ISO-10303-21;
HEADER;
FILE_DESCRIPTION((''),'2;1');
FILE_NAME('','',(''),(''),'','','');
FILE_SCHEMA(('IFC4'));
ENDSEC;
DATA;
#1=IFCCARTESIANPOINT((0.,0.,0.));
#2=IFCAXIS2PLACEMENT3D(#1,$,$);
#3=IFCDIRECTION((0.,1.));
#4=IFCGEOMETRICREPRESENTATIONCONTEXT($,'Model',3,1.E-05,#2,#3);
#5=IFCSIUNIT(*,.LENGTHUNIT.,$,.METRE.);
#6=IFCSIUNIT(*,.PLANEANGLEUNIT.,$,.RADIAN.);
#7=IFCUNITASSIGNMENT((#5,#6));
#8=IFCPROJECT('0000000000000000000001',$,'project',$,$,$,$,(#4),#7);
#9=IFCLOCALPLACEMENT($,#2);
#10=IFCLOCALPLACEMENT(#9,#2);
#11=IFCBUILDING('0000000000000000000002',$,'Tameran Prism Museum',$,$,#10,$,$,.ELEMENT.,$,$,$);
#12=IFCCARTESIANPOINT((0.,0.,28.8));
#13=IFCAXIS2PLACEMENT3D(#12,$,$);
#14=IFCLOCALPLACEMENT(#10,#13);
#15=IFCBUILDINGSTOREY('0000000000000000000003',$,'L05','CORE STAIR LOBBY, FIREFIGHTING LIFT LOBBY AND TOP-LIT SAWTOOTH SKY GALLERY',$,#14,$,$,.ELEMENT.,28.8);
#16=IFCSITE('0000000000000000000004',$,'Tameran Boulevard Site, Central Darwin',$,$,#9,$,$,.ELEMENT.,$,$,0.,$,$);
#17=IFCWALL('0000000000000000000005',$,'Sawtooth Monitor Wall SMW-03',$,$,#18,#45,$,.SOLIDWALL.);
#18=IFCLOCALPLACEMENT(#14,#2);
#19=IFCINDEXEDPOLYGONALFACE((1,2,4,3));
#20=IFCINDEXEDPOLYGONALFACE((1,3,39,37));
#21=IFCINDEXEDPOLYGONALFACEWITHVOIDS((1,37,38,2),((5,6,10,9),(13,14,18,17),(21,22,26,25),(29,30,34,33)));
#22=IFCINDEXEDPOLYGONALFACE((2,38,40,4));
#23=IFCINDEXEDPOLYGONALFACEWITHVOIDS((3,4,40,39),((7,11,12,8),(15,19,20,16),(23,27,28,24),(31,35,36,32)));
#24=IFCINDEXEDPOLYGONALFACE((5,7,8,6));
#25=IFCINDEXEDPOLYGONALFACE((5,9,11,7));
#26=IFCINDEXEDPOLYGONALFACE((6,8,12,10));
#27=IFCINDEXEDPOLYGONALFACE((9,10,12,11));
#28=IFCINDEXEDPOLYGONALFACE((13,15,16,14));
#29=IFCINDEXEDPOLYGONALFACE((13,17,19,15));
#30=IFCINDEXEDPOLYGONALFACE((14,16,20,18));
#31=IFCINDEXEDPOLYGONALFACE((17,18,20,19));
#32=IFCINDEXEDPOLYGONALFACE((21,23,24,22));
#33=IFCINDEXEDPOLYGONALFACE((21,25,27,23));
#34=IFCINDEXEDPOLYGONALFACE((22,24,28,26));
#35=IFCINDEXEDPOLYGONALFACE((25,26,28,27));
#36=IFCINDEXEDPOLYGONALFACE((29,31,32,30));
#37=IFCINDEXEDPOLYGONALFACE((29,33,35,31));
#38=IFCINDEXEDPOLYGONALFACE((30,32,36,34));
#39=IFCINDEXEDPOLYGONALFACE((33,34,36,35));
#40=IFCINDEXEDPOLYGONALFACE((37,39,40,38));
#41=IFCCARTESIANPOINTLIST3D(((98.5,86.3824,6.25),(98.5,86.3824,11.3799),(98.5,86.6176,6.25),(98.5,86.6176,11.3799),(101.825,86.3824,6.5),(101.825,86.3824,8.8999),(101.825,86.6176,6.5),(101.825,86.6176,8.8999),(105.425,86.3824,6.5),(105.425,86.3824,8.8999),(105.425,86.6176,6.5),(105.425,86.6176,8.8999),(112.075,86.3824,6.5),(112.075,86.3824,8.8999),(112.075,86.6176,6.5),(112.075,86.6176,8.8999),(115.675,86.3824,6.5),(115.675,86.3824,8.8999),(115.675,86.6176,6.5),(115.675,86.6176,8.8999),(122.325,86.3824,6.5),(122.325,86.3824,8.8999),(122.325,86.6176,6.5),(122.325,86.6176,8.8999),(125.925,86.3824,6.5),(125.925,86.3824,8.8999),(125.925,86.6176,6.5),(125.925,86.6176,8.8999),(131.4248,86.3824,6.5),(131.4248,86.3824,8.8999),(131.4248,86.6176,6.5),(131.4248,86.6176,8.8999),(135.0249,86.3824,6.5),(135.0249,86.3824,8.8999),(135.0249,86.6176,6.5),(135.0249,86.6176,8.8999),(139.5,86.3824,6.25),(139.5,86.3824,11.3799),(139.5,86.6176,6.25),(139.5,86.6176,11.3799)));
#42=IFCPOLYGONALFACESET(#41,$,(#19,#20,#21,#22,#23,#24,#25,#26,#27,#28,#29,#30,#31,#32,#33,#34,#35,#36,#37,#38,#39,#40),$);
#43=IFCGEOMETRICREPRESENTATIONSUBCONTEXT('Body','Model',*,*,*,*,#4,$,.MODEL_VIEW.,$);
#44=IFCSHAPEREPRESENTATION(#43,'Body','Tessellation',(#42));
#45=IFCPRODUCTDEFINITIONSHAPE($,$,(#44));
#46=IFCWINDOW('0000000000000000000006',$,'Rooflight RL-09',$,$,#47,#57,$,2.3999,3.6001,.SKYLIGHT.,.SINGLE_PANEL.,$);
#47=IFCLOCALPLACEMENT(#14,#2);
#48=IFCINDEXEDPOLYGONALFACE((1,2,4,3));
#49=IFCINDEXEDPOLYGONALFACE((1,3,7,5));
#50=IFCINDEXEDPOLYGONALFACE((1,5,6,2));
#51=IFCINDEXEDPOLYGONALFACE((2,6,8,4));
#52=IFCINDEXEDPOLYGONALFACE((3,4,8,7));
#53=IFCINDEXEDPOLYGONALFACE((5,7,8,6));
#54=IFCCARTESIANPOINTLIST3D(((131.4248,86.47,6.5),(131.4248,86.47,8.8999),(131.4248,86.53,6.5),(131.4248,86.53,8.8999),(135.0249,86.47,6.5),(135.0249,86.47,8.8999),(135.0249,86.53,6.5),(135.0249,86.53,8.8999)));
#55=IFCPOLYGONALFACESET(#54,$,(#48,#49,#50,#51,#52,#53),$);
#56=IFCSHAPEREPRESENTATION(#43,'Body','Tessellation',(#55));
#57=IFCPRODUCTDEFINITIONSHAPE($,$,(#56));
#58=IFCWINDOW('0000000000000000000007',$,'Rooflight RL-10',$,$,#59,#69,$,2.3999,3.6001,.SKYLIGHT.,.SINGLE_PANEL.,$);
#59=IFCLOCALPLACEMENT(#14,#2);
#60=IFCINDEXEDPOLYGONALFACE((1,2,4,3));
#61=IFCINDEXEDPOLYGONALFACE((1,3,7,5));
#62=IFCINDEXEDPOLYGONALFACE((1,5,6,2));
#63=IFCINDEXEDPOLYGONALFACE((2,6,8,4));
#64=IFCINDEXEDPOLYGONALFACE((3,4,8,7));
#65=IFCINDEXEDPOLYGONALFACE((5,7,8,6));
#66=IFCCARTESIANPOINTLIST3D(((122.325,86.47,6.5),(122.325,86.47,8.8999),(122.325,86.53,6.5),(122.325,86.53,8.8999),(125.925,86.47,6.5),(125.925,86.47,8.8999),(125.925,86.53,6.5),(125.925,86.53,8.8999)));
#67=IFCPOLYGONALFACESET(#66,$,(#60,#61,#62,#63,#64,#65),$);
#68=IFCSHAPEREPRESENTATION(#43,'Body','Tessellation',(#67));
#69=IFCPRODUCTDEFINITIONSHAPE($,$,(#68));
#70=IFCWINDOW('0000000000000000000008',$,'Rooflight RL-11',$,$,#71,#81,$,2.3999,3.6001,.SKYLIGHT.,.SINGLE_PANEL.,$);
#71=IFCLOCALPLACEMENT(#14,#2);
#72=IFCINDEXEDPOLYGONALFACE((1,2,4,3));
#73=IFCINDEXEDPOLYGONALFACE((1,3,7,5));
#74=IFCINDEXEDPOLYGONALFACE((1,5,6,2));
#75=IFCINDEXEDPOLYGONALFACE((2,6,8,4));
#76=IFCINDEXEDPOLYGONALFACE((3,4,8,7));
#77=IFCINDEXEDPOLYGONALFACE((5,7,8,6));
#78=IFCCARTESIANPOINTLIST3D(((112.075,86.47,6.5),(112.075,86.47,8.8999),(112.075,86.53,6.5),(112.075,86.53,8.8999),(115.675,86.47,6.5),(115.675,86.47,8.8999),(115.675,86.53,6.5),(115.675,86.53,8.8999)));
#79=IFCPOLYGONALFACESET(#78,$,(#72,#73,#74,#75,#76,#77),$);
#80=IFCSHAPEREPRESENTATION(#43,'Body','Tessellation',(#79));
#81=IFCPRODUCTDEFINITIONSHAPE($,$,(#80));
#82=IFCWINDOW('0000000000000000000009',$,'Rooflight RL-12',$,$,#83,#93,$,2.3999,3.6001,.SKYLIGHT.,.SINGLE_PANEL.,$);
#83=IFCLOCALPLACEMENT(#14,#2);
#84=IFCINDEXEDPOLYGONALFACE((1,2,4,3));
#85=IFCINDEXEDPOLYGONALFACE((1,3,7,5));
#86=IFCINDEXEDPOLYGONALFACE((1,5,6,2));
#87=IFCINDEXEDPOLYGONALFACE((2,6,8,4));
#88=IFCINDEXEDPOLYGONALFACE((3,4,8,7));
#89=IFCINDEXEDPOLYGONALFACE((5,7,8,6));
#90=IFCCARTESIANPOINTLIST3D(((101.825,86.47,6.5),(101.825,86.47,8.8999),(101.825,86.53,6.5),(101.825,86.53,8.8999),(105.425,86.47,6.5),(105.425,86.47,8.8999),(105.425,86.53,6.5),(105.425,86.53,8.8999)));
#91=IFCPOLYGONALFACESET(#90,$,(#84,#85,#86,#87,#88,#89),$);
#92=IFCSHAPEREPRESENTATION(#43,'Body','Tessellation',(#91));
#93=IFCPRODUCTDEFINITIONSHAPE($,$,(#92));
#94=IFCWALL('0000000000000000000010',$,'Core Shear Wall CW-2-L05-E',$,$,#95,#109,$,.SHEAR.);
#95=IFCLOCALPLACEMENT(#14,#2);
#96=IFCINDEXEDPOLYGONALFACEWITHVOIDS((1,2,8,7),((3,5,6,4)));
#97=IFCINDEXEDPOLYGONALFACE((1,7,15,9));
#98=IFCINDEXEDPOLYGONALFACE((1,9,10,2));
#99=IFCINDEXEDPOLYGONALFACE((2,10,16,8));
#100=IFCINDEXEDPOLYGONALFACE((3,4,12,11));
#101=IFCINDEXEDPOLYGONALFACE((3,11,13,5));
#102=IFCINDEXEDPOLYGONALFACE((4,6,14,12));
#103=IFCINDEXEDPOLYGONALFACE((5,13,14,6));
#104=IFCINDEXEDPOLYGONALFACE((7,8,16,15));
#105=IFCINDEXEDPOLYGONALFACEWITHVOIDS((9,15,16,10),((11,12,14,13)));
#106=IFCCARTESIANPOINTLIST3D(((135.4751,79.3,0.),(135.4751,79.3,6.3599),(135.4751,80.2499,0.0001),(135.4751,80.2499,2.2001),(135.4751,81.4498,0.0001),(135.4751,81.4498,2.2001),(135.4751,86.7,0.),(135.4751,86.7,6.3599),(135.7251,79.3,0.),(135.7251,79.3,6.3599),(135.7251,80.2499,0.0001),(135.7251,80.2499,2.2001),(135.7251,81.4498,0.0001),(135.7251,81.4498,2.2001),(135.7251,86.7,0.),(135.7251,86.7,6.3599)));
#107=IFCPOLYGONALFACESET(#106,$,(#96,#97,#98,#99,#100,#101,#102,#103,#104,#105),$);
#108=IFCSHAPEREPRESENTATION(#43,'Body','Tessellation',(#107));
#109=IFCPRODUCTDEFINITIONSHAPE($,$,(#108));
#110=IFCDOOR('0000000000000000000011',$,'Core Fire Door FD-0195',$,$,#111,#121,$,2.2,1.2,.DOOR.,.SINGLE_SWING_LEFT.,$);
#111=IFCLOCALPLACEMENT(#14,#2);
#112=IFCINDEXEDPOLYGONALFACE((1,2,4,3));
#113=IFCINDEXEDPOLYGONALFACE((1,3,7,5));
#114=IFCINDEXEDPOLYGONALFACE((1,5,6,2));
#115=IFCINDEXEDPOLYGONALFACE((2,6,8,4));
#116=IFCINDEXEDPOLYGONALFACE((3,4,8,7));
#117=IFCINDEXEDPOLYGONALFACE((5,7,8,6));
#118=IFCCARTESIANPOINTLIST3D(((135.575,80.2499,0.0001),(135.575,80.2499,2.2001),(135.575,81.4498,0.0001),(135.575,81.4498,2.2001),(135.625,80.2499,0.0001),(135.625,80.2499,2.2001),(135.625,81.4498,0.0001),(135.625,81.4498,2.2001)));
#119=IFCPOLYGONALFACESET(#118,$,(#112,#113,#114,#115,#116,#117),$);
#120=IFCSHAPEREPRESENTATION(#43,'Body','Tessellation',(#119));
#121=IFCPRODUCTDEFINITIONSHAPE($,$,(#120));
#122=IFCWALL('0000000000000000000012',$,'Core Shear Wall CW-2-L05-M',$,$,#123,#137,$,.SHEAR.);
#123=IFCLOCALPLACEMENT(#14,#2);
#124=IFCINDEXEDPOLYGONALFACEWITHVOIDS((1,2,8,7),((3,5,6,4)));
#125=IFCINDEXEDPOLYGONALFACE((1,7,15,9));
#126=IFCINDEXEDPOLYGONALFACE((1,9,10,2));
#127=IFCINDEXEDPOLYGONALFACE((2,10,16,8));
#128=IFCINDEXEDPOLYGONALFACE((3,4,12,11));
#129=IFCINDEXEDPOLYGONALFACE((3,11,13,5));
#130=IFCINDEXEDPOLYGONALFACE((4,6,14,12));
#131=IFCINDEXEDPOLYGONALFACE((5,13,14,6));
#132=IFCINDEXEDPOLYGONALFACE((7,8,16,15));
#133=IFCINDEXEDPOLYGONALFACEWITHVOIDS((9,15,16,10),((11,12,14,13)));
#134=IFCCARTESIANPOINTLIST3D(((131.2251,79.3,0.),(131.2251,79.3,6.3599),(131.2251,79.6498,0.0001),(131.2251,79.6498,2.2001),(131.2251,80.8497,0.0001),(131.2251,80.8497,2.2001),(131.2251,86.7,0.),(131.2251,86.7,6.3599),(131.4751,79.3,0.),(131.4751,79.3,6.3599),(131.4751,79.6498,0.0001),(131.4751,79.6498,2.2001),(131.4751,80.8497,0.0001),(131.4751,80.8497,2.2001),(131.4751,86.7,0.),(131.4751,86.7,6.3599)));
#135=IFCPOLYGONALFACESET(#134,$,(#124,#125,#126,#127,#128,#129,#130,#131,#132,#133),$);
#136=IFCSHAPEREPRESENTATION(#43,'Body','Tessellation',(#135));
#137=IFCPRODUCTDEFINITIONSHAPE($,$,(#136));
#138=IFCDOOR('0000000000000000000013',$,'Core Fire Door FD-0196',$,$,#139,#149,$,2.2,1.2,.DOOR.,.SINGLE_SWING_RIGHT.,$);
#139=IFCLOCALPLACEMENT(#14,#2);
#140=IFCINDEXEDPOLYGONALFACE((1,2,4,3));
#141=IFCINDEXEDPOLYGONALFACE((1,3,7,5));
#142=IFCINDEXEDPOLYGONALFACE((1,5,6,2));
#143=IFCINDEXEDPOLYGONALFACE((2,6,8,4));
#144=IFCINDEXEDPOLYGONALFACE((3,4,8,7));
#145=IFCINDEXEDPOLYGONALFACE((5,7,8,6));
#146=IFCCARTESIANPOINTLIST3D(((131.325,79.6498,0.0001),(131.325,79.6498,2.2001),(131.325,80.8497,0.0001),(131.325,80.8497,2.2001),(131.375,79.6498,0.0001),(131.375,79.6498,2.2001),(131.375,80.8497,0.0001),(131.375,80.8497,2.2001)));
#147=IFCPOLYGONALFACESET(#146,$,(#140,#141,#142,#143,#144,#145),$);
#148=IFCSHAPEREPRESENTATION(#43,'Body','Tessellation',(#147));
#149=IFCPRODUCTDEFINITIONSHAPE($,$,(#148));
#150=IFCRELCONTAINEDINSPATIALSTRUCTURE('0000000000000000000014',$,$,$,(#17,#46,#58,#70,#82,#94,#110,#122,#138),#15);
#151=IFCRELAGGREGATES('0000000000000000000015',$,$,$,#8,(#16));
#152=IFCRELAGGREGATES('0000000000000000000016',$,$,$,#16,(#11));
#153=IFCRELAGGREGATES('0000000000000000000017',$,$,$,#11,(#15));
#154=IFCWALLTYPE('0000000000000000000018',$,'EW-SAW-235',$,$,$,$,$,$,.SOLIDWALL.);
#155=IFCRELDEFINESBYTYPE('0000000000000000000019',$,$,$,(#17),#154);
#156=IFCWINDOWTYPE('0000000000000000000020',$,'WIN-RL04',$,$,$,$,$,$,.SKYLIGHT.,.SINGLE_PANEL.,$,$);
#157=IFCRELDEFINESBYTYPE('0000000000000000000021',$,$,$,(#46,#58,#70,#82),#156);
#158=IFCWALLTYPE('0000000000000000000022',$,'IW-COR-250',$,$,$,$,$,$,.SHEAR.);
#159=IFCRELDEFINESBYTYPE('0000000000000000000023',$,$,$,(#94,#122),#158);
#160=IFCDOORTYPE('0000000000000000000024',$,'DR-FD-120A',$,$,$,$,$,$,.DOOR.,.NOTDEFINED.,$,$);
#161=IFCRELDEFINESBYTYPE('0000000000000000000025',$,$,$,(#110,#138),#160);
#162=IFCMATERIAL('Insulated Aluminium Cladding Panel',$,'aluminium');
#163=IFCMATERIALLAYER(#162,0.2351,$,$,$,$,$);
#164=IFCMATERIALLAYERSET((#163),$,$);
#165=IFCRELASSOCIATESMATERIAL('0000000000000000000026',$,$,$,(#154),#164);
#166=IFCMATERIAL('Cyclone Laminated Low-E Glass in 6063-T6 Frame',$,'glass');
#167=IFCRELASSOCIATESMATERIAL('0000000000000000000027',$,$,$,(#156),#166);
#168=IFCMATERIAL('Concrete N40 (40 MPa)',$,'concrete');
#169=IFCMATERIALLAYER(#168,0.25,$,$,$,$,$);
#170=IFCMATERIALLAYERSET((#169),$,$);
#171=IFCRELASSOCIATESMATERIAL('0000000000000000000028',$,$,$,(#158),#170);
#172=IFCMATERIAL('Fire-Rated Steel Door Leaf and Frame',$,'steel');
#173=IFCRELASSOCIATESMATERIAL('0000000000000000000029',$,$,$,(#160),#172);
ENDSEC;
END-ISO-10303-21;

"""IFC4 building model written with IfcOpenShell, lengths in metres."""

from ifc_helpers import new_model, si_unit, direction, frame, frame_2d, origin, place, context, subcontext, project, spatial, rectangle, extrude, material, layer, layer_set, type_object, element, fill, save


model = new_model("IFC4")

# Units and contexts
model_context = context("Model", 3, precision=1e-05, world=origin(), true_north=direction((0.0, 1.0)))
body_context = subcontext(model_context, "Body", "Model", "MODEL_VIEW")
ifc_project = project(units=[si_unit("LENGTHUNIT", "METRE"), si_unit("PLANEANGLEUNIT", "RADIAN")], contexts=[model_context])

# Site, building, storey
site_placement = place(None, origin())
site = spatial("IfcSite", under=ifc_project, at=site_placement, Name="Tameran Boulevard Site, Central Darwin", CompositionType="ELEMENT", RefElevation=0.0)
building_placement = place(site_placement, origin())
building = spatial("IfcBuilding", under=site, at=building_placement, Name="Tameran Prism Museum", CompositionType="ELEMENT")
storey_placement = place(building_placement, frame((0.0, 0.0, 28.8)))
storey = spatial("IfcBuildingStorey", under=building, at=storey_placement, Name="L05", Description="CORE STAIR LOBBY, FIREFIGHTING LIFT LOBBY AND TOP-LIT SAWTOOTH SKY GALLERY", CompositionType="ELEMENT", Elevation=28.8)

# Wall, openings, windows
ifc_material_1 = material(Name="Insulated Aluminium Cladding Panel", Category="aluminium")
ifc_layer_1 = layer(ifc_material_1, 0.2351)
ifc_layer_set_1 = layer_set([ifc_layer_1])
wall_type_1 = type_object("IfcWallType", Name="EW-SAW-235", PredefinedType="SOLIDWALL", material=ifc_layer_set_1)
wall_1_placement = place(storey_placement, frame((139.5, 86.5, 6.25), z_axis=(0.0, 0.0, 1.0), x_axis=(-1.0, 0.0, 0.0)))
wall_1 = element("IfcWall", 1, at=wall_1_placement, inside=storey, type_object=wall_type_1, Name="Sawtooth Monitor Wall SMW-03", PredefinedType="SOLIDWALL", context=body_context, shape_type="SweptSolid", body=[
    extrude(rectangle(XDim=41.0, YDim=0.2351, at=frame_2d((20.5, 0.0))), origin(), (0.0, 0.0, 1.0), 5.1299),
])
opening_1_placement = place(wall_1_placement, frame((4.4751, 0.0, 0.25)))
opening_1 = element("IfcOpeningElement", 2, at=opening_1_placement, cuts=wall_1, PredefinedType="OPENING", context=body_context, shape_type="SweptSolid", body=[
    extrude(rectangle(XDim=3.6001, YDim=2.3999, at=frame_2d((1.8, 1.2))), frame((0.0, 0.1274, 0.0), z_axis=(0.0, -1.0, 0.0), x_axis=(1.0, 0.0, 0.0)), (0.0, 0.0, 1.0), 0.2551),
])
opening_2_placement = place(wall_1_placement, frame((13.575, 0.0, 0.25)))
opening_2 = element("IfcOpeningElement", 3, at=opening_2_placement, cuts=wall_1, PredefinedType="OPENING", context=body_context, shape_type="SweptSolid", body=[
    extrude(rectangle(XDim=3.6001, YDim=2.3999, at=frame_2d((1.8, 1.2))), frame((0.0, 0.1274, 0.0), z_axis=(0.0, -1.0, 0.0), x_axis=(1.0, 0.0, 0.0)), (0.0, 0.0, 1.0), 0.2551),
])
opening_3_placement = place(wall_1_placement, frame((23.825, 0.0, 0.25)))
opening_3 = element("IfcOpeningElement", 4, at=opening_3_placement, cuts=wall_1, PredefinedType="OPENING", context=body_context, shape_type="SweptSolid", body=[
    extrude(rectangle(XDim=3.6001, YDim=2.3999, at=frame_2d((1.8, 1.2))), frame((0.0, 0.1274, 0.0), z_axis=(0.0, -1.0, 0.0), x_axis=(1.0, 0.0, 0.0)), (0.0, 0.0, 1.0), 0.2551),
])
opening_4_placement = place(wall_1_placement, frame((34.075, 0.0, 0.25)))
opening_4 = element("IfcOpeningElement", 5, at=opening_4_placement, cuts=wall_1, PredefinedType="OPENING", context=body_context, shape_type="SweptSolid", body=[
    extrude(rectangle(XDim=3.6001, YDim=2.3999, at=frame_2d((1.8, 1.2))), frame((0.0, 0.1274, 0.0), z_axis=(0.0, -1.0, 0.0), x_axis=(1.0, 0.0, 0.0)), (0.0, 0.0, 1.0), 0.2551),
])
ifc_material_2 = material(Name="Cyclone Laminated Low-E Glass in 6063-T6 Frame", Category="glass")
window_type = type_object("IfcWindowType", Name="WIN-RL04", PartitioningType="SINGLE_PANEL", PredefinedType="SKYLIGHT", material=ifc_material_2)
window_1_placement = place(opening_1_placement, origin())
window_1 = element("IfcWindow", 6, at=window_1_placement, inside=storey, type_object=window_type, Name="Rooflight RL-09", OverallHeight=2.3999, OverallWidth=3.6001, PartitioningType="SINGLE_PANEL", PredefinedType="SKYLIGHT", context=body_context, shape_type="SweptSolid", body=[
    extrude(rectangle(XDim=3.6001, YDim=2.3999, at=frame_2d((1.8, 1.2))), frame((0.0, 0.03, 0.0), z_axis=(0.0, -1.0, 0.0), x_axis=(1.0, 0.0, 0.0)), (0.0, 0.0, 1.0), 0.0601),
])
fill(opening_1, window_1)
window_2_placement = place(opening_2_placement, origin())
window_2 = element("IfcWindow", 7, at=window_2_placement, inside=storey, type_object=window_type, Name="Rooflight RL-10", OverallHeight=2.3999, OverallWidth=3.6001, PartitioningType="SINGLE_PANEL", PredefinedType="SKYLIGHT", context=body_context, shape_type="SweptSolid", body=[
    extrude(rectangle(XDim=3.6001, YDim=2.3999, at=frame_2d((1.8, 1.2))), frame((0.0, 0.03, 0.0), z_axis=(0.0, -1.0, 0.0), x_axis=(1.0, 0.0, 0.0)), (0.0, 0.0, 1.0), 0.0601),
])
fill(opening_2, window_2)
window_3_placement = place(opening_3_placement, origin())
window_3 = element("IfcWindow", 8, at=window_3_placement, inside=storey, type_object=window_type, Name="Rooflight RL-11", OverallHeight=2.3999, OverallWidth=3.6001, PartitioningType="SINGLE_PANEL", PredefinedType="SKYLIGHT", context=body_context, shape_type="SweptSolid", body=[
    extrude(rectangle(XDim=3.6001, YDim=2.3999, at=frame_2d((1.8, 1.2))), frame((0.0, 0.03, 0.0), z_axis=(0.0, -1.0, 0.0), x_axis=(1.0, 0.0, 0.0)), (0.0, 0.0, 1.0), 0.0601),
])
fill(opening_3, window_3)
window_4_placement = place(opening_4_placement, origin())
window_4 = element("IfcWindow", 9, at=window_4_placement, inside=storey, type_object=window_type, Name="Rooflight RL-12", OverallHeight=2.3999, OverallWidth=3.6001, PartitioningType="SINGLE_PANEL", PredefinedType="SKYLIGHT", context=body_context, shape_type="SweptSolid", body=[
    extrude(rectangle(XDim=3.6001, YDim=2.3999, at=frame_2d((1.8, 1.2))), frame((0.0, 0.03, 0.0), z_axis=(0.0, -1.0, 0.0), x_axis=(1.0, 0.0, 0.0)), (0.0, 0.0, 1.0), 0.0601),
])
fill(opening_4, window_4)

# Walls, openings, doors
ifc_material_3 = material(Name="Concrete N40 (40 MPa)", Category="concrete")
ifc_layer_2 = layer(ifc_material_3, 0.25)
ifc_layer_set_2 = layer_set([ifc_layer_2])
wall_type_2 = type_object("IfcWallType", Name="IW-COR-250", PredefinedType="SHEAR", material=ifc_layer_set_2)
wall_2_placement = place(storey_placement, frame((135.6001, 86.7, 0.0), z_axis=(0.0, 0.0, 1.0), x_axis=(0.0, -1.0, 0.0)))
wall_2 = element("IfcWall", 10, at=wall_2_placement, inside=storey, type_object=wall_type_2, Name="Core Shear Wall CW-2-L05-E", PredefinedType="SHEAR", context=body_context, shape_type="SweptSolid", body=[
    extrude(rectangle(XDim=7.3999, YDim=0.25, at=frame_2d((3.7, 0.0))), origin(), (0.0, 0.0, 1.0), 6.3599),
])
opening_5_placement = place(wall_2_placement, frame((5.25, 0.0, 0.0)))
opening_5 = element("IfcOpeningElement", 11, at=opening_5_placement, cuts=wall_2, PredefinedType="OPENING", context=body_context, shape_type="SweptSolid", body=[
    extrude(rectangle(XDim=1.2, YDim=2.2, at=frame_2d((0.6001, 1.1001))), frame((0.0, 0.135, 0.0), z_axis=(0.0, -1.0, 0.0), x_axis=(1.0, 0.0, 0.0)), (0.0, 0.0, 1.0), 0.27),
])
ifc_material_4 = material(Name="Fire-Rated Steel Door Leaf and Frame", Category="steel")
door_type = type_object("IfcDoorType", Name="DR-FD-120A", OperationType="NOTDEFINED", PredefinedType="DOOR", material=ifc_material_4)
door_1_placement = place(opening_5_placement, origin())
door_1 = element("IfcDoor", 12, at=door_1_placement, inside=storey, type_object=door_type, Name="Core Fire Door FD-0195", OperationType="SINGLE_SWING_LEFT", OverallHeight=2.2, OverallWidth=1.2, PredefinedType="DOOR", context=body_context, shape_type="SweptSolid", body=[
    extrude(rectangle(XDim=1.2, YDim=2.2, at=frame_2d((0.6001, 1.1001))), frame((0.0, 0.0249, 0.0), z_axis=(0.0, -1.0, 0.0), x_axis=(1.0, 0.0, 0.0)), (0.0, 0.0, 1.0), 0.05),
])
fill(opening_5, door_1)
wall_3_placement = place(storey_placement, frame((131.3501, 86.7, 0.0), z_axis=(0.0, 0.0, 1.0), x_axis=(0.0, -1.0, 0.0)))
wall_3 = element("IfcWall", 13, at=wall_3_placement, inside=storey, type_object=wall_type_2, Name="Core Shear Wall CW-2-L05-M", PredefinedType="SHEAR", context=body_context, shape_type="SweptSolid", body=[
    extrude(rectangle(XDim=7.3999, YDim=0.25, at=frame_2d((3.7, 0.0))), origin(), (0.0, 0.0, 1.0), 6.3599),
])
opening_6_placement = place(wall_3_placement, frame((5.8501, 0.0, 0.0)))
opening_6 = element("IfcOpeningElement", 14, at=opening_6_placement, cuts=wall_3, PredefinedType="OPENING", context=body_context, shape_type="SweptSolid", body=[
    extrude(rectangle(XDim=1.2, YDim=2.2, at=frame_2d((0.6001, 1.1001))), frame((0.0, 0.135, 0.0), z_axis=(0.0, -1.0, 0.0), x_axis=(1.0, 0.0, 0.0)), (0.0, 0.0, 1.0), 0.27),
])
door_2_placement = place(opening_6_placement, origin())
door_2 = element("IfcDoor", 15, at=door_2_placement, inside=storey, type_object=door_type, Name="Core Fire Door FD-0196", OperationType="SINGLE_SWING_RIGHT", OverallHeight=2.2, OverallWidth=1.2, PredefinedType="DOOR", context=body_context, shape_type="SweptSolid", body=[
    extrude(rectangle(XDim=1.2, YDim=2.2, at=frame_2d((0.6001, 1.1001))), frame((0.0, 0.0249, 0.0), z_axis=(0.0, -1.0, 0.0), x_axis=(1.0, 0.0, 0.0)), (0.0, 0.0, 1.0), 0.05),
])
fill(opening_6, door_2)

save(model, "model.ifc")
